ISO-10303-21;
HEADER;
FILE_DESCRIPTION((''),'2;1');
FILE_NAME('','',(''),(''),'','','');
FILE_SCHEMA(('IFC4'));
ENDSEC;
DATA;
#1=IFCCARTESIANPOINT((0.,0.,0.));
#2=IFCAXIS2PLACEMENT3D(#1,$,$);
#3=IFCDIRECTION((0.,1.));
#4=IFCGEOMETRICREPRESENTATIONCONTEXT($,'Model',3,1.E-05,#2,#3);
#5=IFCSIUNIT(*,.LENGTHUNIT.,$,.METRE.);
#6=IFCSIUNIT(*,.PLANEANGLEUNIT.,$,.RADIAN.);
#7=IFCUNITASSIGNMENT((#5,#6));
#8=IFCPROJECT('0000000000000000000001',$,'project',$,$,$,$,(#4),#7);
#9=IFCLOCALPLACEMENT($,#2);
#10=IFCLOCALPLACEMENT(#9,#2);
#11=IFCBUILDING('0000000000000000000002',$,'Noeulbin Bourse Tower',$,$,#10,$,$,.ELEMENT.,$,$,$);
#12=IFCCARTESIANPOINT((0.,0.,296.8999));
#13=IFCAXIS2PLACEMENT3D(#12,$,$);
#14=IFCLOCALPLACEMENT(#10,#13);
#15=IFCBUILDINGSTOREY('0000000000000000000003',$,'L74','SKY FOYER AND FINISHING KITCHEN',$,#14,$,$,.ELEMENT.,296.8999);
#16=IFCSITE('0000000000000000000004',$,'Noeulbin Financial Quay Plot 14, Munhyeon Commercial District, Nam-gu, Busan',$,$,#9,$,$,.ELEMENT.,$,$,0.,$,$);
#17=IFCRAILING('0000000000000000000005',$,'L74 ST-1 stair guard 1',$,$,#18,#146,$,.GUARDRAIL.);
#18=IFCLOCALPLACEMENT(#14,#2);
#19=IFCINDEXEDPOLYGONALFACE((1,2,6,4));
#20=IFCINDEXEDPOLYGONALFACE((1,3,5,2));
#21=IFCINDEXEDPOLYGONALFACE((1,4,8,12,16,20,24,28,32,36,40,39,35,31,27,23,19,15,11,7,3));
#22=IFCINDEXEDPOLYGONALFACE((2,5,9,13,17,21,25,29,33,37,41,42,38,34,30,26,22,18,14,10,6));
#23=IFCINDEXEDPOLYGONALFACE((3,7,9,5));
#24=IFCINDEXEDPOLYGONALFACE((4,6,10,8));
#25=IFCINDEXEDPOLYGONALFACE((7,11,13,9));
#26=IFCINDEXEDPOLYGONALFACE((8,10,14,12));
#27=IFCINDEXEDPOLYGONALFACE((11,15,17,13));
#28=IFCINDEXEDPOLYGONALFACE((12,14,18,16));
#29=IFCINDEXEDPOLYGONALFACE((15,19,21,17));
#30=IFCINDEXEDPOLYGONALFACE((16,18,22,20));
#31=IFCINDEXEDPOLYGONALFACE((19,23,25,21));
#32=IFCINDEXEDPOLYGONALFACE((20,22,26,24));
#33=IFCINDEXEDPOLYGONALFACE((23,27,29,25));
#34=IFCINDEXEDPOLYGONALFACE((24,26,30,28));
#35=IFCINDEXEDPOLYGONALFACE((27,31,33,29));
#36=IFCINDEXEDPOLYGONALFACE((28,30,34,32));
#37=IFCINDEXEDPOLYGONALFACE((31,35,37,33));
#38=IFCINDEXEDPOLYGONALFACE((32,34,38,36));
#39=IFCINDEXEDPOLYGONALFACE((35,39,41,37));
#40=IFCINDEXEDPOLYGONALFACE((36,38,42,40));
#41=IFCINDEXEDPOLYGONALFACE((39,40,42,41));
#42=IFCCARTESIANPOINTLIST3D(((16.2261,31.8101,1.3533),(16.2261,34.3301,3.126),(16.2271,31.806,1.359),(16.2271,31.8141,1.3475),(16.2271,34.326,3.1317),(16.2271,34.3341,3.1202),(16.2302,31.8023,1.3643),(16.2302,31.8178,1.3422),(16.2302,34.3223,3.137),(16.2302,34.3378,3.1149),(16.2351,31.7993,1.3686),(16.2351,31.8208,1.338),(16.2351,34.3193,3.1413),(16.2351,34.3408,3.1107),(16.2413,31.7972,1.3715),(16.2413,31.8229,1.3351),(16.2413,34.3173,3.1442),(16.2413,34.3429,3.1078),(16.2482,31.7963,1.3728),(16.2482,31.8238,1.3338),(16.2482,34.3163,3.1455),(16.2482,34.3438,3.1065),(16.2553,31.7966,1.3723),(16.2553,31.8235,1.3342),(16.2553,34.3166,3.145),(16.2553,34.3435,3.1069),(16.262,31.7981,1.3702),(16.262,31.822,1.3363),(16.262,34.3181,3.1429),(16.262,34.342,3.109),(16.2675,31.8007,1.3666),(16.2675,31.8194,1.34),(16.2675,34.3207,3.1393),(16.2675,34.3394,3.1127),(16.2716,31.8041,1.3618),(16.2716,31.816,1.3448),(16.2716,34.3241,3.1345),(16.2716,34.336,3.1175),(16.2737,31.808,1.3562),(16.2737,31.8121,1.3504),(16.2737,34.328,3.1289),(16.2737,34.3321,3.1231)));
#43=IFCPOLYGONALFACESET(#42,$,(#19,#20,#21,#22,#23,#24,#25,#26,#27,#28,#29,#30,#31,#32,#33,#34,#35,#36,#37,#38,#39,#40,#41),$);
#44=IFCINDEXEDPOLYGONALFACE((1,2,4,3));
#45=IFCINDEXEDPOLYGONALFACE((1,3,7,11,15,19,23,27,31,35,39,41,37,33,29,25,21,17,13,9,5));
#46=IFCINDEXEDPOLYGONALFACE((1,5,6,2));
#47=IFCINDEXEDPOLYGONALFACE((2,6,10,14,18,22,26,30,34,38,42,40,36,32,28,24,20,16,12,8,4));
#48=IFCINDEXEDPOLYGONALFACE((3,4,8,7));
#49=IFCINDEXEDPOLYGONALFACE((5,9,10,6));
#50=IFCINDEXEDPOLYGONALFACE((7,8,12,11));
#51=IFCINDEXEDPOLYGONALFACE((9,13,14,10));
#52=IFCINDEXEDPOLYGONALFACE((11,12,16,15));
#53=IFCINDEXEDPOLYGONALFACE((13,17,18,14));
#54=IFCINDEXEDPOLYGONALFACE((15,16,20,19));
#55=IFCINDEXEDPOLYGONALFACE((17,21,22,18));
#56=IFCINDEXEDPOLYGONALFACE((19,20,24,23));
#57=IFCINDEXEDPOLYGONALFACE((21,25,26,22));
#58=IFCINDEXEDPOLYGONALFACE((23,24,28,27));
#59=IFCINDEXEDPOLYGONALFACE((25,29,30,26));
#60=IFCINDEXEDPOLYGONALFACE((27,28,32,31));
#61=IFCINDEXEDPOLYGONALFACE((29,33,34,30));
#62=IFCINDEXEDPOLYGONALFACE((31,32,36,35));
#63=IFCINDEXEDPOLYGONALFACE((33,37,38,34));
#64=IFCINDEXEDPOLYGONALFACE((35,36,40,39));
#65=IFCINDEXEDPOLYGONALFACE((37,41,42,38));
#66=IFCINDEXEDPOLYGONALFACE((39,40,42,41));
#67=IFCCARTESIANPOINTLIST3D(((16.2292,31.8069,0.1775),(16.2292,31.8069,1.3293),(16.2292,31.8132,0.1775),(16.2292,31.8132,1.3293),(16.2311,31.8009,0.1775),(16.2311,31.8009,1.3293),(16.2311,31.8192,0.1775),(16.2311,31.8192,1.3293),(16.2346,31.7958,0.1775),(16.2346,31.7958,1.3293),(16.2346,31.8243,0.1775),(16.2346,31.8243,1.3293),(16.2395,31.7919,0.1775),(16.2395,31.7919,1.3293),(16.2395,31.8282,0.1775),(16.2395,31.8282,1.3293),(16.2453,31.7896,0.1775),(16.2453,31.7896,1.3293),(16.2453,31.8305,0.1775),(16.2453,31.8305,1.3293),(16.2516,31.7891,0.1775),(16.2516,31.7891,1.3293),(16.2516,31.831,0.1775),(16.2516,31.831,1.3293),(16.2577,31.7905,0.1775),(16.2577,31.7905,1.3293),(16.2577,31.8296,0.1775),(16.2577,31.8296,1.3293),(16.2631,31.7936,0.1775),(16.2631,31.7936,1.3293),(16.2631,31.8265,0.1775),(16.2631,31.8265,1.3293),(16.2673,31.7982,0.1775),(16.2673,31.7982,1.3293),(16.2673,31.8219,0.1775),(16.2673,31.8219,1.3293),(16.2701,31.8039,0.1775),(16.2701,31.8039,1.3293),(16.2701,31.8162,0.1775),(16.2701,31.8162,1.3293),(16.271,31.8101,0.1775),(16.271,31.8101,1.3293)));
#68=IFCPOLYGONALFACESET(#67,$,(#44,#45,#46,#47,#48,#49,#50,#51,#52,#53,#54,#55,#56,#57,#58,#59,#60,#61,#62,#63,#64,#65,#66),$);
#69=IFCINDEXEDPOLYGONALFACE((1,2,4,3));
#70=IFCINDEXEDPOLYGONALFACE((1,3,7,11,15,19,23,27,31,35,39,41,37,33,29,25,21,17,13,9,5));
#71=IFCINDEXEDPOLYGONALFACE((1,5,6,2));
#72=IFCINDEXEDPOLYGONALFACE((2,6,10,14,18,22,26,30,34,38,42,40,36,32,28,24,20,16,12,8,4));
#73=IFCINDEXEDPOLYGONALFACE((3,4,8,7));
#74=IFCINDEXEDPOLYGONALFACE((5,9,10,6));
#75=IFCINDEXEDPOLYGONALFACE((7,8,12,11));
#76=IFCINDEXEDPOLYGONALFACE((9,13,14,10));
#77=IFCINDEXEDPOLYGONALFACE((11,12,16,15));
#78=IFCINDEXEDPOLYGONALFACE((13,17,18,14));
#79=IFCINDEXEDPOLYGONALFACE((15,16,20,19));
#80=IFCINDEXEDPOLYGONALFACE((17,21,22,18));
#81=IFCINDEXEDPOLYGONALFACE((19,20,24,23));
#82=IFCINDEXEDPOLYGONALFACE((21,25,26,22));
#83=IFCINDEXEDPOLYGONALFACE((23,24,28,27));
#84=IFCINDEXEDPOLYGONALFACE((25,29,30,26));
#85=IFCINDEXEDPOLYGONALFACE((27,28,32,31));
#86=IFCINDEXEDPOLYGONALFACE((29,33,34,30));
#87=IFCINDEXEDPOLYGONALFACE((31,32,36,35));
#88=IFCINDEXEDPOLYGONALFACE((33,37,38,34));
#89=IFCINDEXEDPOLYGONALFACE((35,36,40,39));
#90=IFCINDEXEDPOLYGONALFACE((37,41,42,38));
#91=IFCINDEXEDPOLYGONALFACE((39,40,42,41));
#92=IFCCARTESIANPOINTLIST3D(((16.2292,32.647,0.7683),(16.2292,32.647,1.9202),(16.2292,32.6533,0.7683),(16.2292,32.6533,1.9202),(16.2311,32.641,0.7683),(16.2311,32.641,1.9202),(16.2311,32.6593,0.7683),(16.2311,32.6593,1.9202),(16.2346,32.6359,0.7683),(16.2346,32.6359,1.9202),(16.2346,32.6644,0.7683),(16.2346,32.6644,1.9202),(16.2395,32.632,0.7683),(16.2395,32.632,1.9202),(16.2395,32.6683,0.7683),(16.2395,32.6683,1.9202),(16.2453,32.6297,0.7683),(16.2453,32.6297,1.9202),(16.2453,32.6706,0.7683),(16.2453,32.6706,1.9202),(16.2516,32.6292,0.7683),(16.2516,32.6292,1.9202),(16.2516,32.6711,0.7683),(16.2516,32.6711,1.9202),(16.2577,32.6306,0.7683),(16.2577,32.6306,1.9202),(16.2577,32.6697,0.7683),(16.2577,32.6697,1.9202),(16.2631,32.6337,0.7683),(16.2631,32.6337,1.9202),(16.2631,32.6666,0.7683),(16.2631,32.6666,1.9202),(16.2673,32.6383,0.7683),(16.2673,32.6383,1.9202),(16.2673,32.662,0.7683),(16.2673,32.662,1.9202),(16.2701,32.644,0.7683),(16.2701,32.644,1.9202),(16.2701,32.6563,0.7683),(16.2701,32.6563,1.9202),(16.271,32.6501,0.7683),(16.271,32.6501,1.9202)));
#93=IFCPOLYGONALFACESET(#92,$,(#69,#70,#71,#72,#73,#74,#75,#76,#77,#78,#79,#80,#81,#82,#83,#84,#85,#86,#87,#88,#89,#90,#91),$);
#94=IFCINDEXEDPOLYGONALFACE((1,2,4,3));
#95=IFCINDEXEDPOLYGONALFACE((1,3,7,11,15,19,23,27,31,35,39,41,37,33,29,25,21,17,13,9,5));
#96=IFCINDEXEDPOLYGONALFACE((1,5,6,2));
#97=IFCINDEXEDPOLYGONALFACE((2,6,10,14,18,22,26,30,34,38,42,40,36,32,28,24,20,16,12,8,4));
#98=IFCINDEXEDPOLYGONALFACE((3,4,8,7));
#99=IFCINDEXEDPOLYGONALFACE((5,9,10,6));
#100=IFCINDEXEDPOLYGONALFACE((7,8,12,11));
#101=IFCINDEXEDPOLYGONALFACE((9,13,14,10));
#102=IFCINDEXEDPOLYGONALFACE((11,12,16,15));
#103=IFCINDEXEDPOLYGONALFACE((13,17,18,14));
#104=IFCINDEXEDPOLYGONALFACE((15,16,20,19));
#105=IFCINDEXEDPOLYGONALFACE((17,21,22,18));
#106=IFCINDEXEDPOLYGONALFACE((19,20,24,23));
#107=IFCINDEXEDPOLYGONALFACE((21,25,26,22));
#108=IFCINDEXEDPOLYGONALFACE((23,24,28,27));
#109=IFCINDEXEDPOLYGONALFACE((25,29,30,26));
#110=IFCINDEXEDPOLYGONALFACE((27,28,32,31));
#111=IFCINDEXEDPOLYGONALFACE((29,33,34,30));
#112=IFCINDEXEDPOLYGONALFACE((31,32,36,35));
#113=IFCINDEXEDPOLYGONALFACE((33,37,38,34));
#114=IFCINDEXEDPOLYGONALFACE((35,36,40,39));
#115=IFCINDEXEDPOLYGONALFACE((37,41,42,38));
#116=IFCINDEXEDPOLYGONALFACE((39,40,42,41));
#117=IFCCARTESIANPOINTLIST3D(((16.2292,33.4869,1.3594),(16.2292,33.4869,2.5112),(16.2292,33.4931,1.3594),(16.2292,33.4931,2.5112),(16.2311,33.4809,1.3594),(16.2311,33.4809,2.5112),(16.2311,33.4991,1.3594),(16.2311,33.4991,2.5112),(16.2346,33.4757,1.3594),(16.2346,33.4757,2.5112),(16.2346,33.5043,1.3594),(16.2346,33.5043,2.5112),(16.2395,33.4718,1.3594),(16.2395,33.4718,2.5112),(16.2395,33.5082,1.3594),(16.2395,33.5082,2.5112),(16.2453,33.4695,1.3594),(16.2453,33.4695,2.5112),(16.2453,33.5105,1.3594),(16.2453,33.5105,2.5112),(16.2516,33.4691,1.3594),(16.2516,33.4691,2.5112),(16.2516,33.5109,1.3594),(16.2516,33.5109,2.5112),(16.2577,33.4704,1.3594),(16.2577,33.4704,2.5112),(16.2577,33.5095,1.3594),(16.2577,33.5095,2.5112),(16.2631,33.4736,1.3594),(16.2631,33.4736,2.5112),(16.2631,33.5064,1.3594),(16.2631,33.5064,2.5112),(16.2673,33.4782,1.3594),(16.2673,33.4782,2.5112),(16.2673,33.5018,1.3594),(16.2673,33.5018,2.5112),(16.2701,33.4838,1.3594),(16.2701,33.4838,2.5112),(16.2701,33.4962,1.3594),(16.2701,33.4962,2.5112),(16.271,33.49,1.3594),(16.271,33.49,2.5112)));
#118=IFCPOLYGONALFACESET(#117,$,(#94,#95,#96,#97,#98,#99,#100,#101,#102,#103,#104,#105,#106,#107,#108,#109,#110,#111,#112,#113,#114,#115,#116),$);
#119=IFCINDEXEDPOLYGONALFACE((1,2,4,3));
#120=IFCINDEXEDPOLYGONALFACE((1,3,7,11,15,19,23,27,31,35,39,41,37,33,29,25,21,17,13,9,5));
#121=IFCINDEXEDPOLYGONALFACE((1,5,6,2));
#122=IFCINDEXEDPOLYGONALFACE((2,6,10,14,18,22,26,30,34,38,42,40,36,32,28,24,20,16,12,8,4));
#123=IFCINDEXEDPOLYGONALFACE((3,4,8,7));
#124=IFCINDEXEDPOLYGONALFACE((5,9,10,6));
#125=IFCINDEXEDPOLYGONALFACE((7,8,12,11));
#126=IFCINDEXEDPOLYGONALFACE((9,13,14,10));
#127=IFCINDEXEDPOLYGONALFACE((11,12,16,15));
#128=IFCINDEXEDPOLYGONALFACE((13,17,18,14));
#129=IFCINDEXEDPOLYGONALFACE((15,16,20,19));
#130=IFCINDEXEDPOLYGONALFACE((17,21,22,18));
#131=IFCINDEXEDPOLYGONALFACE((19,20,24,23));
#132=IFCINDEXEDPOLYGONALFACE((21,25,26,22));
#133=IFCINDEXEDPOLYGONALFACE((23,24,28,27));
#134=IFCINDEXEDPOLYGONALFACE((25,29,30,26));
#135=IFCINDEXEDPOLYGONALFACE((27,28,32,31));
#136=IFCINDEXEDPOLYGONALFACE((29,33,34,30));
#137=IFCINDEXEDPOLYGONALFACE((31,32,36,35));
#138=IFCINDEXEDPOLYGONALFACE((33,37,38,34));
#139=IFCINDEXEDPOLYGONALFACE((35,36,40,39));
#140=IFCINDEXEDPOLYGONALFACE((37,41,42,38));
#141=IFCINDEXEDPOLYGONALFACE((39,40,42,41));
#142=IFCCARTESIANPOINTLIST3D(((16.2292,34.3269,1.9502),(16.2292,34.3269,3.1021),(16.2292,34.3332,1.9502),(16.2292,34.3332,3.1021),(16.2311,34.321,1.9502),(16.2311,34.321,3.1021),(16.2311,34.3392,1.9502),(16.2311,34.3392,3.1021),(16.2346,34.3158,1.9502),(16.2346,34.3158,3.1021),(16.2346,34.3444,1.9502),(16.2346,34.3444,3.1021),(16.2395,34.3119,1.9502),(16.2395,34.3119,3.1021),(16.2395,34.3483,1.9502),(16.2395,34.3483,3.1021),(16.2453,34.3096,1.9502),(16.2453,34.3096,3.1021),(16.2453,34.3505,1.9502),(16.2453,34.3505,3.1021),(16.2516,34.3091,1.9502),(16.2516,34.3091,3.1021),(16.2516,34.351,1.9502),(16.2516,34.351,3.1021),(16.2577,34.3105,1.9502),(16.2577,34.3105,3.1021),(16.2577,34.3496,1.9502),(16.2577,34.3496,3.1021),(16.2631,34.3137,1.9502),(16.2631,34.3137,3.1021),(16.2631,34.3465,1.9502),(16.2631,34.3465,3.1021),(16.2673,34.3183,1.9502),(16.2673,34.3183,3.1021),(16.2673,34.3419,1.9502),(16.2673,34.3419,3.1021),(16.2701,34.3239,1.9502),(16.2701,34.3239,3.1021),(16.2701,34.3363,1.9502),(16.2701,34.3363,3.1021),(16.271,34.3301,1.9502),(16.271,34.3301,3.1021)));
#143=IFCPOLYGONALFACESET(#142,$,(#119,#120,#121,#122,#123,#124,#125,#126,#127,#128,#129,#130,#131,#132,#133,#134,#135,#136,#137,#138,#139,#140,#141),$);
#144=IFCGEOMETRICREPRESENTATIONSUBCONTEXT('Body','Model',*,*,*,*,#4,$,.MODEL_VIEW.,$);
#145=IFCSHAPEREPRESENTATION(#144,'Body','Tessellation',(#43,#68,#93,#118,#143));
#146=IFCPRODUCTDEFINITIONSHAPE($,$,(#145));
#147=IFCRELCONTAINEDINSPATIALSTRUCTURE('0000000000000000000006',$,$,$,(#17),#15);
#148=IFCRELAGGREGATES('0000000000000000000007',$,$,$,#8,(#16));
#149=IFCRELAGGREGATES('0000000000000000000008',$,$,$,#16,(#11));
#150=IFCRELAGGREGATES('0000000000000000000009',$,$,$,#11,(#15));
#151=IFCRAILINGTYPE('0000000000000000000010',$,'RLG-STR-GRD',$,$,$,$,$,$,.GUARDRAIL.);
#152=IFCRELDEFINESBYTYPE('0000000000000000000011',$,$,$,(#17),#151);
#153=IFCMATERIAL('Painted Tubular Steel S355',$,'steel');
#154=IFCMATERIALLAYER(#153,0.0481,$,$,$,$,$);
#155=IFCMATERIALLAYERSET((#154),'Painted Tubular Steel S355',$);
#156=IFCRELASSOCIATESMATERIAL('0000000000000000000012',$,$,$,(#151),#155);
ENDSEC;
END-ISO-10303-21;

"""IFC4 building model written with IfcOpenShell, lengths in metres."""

from ifc_helpers import new_model, si_unit, direction, frame, origin, origin_2d, place, context, subcontext, project, spatial, circle, extrude, material, layer, layer_set, type_object, element, save


model = new_model("IFC4")

# Units and contexts
model_context = context("Model", 3, precision=1e-05, world=origin(), true_north=direction((0.0, 1.0)))
body_context = subcontext(model_context, "Body", "Model", "MODEL_VIEW")
ifc_project = project(units=[si_unit("LENGTHUNIT", "METRE"), si_unit("PLANEANGLEUNIT", "RADIAN")], contexts=[model_context])

# Site, building, storey
site_placement = place(None, origin())
site = spatial("IfcSite", under=ifc_project, at=site_placement, Name="Noeulbin Financial Quay Plot 14, Munhyeon Commercial District, Nam-gu, Busan", CompositionType="ELEMENT", RefElevation=0.0)
building_placement = place(site_placement, origin())
building = spatial("IfcBuilding", under=site, at=building_placement, Name="Noeulbin Bourse Tower", CompositionType="ELEMENT")
storey_placement = place(building_placement, frame((0.0, 0.0, 296.8999)))
storey = spatial("IfcBuildingStorey", under=building, at=storey_placement, Name="L74", Description="SKY FOYER AND FINISHING KITCHEN", CompositionType="ELEMENT", Elevation=296.8999)

# Railing
ifc_material_1 = material(Name="Painted Tubular Steel S355", Category="steel")
ifc_layer_1 = layer(ifc_material_1, 0.0481)
ifc_layer_set_1 = layer_set([ifc_layer_1], Name="Painted Tubular Steel S355")
railing_type_1 = type_object("IfcRailingType", Name="RLG-STR-GRD", PredefinedType="GUARDRAIL", material=ifc_layer_set_1)
railing_1_placement = place(storey_placement, frame((16.25, 31.8101, 0.1775)))
element("IfcRailing", 1, at=railing_1_placement, inside=storey, type_object=railing_type_1, Name="L74 ST-1 stair guard 1", PredefinedType="GUARDRAIL", context=body_context, shape_type="SweptSolid", body=[
    extrude(circle(Radius=0.0239, at=origin_2d()), frame((0.0, 0.0, 1.1758), z_axis=(0.0, 0.817904, 0.575354), x_axis=(-1.0, 0.0, 0.0)), (0.0, 0.0, 1.0), 3.0811),
    extrude(circle(Radius=0.021, at=origin_2d()), origin(), (0.0, 0.0, 1.0), 1.1519),
    extrude(circle(Radius=0.021, at=origin_2d()), frame((0.0, 0.8401, 0.5908)), (0.0, 0.0, 1.0), 1.1519),
    extrude(circle(Radius=0.021, at=origin_2d()), frame((0.0, 1.6799, 1.1819)), (0.0, 0.0, 1.0), 1.1519),
    extrude(circle(Radius=0.021, at=origin_2d()), frame((0.0, 2.52, 1.7727)), (0.0, 0.0, 1.0), 1.1519),
])

save(model, "model.ifc")
